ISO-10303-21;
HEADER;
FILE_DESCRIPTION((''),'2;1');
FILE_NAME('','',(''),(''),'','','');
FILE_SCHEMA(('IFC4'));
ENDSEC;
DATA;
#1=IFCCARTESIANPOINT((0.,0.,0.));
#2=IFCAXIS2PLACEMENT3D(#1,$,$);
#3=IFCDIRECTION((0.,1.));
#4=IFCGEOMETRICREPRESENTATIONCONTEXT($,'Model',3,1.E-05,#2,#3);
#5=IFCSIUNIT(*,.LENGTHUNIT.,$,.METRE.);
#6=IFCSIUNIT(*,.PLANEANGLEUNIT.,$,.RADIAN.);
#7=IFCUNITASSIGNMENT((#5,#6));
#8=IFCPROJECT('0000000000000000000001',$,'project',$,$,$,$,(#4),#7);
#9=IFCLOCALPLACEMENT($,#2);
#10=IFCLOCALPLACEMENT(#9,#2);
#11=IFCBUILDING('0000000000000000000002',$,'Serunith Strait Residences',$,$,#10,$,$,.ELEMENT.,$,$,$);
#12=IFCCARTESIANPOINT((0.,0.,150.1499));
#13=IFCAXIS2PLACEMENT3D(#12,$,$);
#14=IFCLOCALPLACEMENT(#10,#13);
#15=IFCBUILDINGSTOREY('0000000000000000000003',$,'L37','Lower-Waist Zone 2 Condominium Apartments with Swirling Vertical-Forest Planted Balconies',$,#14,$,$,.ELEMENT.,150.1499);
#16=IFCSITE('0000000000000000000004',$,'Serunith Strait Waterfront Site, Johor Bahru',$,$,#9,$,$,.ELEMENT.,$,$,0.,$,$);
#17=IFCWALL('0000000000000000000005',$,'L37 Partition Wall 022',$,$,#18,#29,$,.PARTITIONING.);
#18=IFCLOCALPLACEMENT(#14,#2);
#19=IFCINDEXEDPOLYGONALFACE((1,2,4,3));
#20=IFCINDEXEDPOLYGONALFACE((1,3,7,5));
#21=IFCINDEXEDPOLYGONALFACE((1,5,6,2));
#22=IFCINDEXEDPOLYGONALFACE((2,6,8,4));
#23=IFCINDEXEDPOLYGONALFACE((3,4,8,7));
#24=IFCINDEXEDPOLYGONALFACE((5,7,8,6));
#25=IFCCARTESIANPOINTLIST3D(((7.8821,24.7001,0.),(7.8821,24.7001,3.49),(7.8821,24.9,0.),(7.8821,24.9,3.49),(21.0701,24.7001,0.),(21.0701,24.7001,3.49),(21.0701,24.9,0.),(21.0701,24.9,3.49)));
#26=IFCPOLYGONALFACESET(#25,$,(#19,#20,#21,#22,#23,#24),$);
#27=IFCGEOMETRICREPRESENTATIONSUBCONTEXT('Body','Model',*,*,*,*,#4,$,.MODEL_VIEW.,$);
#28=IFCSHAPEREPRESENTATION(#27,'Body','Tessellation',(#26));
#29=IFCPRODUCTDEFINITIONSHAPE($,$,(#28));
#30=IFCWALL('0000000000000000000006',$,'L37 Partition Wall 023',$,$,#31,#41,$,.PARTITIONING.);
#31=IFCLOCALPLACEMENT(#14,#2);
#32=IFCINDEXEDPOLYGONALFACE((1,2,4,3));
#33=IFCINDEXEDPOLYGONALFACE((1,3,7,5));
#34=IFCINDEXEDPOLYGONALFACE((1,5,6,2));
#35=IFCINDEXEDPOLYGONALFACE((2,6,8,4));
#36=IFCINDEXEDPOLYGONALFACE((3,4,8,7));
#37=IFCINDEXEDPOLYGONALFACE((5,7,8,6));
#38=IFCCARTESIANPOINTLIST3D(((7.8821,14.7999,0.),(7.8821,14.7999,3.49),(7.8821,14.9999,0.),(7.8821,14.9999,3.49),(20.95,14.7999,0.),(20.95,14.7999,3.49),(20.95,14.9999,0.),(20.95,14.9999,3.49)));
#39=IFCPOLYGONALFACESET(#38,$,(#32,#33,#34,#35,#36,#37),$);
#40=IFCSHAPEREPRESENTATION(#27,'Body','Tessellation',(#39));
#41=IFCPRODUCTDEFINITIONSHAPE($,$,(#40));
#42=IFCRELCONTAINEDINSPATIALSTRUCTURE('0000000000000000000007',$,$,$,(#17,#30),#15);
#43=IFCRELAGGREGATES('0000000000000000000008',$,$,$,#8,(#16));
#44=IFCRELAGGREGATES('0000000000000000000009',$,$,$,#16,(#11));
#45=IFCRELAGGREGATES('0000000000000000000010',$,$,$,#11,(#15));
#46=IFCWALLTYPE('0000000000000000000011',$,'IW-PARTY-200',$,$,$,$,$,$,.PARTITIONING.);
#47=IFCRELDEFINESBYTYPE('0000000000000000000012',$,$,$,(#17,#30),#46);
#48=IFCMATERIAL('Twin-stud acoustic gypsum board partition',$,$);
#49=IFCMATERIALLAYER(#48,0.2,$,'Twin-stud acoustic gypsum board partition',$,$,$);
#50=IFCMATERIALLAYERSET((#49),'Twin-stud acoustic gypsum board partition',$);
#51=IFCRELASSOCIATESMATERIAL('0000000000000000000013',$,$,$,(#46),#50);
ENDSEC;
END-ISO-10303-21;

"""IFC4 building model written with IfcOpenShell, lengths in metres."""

from ifc_helpers import new_model, si_unit, direction, frame, frame_2d, origin, place, context, subcontext, project, spatial, rectangle, extrude, material, layer, layer_set, type_object, element, save


model = new_model("IFC4")

# Units and contexts
model_context = context("Model", 3, precision=1e-05, world=origin(), true_north=direction((0.0, 1.0)))
body_context = subcontext(model_context, "Body", "Model", "MODEL_VIEW")
ifc_project = project(units=[si_unit("LENGTHUNIT", "METRE"), si_unit("PLANEANGLEUNIT", "RADIAN")], contexts=[model_context])

# Site, building, storey
site_placement = place(None, origin())
site = spatial("IfcSite", under=ifc_project, at=site_placement, Name="Serunith Strait Waterfront Site, Johor Bahru", CompositionType="ELEMENT", RefElevation=0.0)
building_placement = place(site_placement, origin())
building = spatial("IfcBuilding", under=site, at=building_placement, Name="Serunith Strait Residences", CompositionType="ELEMENT")
storey_placement = place(building_placement, frame((0.0, 0.0, 150.1499)))
storey = spatial("IfcBuildingStorey", under=building, at=storey_placement, Name="L37", Description="Lower-Waist Zone 2 Condominium Apartments with Swirling Vertical-Forest Planted Balconies", CompositionType="ELEMENT", Elevation=150.1499)

# Walls
ifc_material_1 = material(Name="Twin-stud acoustic gypsum board partition")
ifc_layer_1 = layer(ifc_material_1, 0.2, Name="Twin-stud acoustic gypsum board partition")
ifc_layer_set_1 = layer_set([ifc_layer_1], Name="Twin-stud acoustic gypsum board partition")
wall_type_1 = type_object("IfcWallType", Name="IW-PARTY-200", PredefinedType="PARTITIONING", material=ifc_layer_set_1)
wall_1_placement = place(storey_placement, frame((7.8821, 24.8, 0.0), z_axis=(0.0, 0.0, 1.0), x_axis=(1.0, 0.0, 0.0)))
element("IfcWall", 1, at=wall_1_placement, inside=storey, type_object=wall_type_1, Name="L37 Partition Wall 022", PredefinedType="PARTITIONING", context=body_context, shape_type="SweptSolid", body=[
    extrude(rectangle(XDim=13.188, YDim=0.2, at=frame_2d((6.594, 0.0))), origin(), (0.0, 0.0, 1.0), 3.49),
])
wall_2_placement = place(storey_placement, frame((7.8821, 14.8999, 0.0), z_axis=(0.0, 0.0, 1.0), x_axis=(1.0, 0.0, 0.0)))
element("IfcWall", 2, at=wall_2_placement, inside=storey, type_object=wall_type_1, Name="L37 Partition Wall 023", PredefinedType="PARTITIONING", context=body_context, shape_type="SweptSolid", body=[
    extrude(rectangle(XDim=13.0679, YDim=0.2, at=frame_2d((6.5339, 0.0))), origin(), (0.0, 0.0, 1.0), 3.49),
])

save(model, "model.ifc")
